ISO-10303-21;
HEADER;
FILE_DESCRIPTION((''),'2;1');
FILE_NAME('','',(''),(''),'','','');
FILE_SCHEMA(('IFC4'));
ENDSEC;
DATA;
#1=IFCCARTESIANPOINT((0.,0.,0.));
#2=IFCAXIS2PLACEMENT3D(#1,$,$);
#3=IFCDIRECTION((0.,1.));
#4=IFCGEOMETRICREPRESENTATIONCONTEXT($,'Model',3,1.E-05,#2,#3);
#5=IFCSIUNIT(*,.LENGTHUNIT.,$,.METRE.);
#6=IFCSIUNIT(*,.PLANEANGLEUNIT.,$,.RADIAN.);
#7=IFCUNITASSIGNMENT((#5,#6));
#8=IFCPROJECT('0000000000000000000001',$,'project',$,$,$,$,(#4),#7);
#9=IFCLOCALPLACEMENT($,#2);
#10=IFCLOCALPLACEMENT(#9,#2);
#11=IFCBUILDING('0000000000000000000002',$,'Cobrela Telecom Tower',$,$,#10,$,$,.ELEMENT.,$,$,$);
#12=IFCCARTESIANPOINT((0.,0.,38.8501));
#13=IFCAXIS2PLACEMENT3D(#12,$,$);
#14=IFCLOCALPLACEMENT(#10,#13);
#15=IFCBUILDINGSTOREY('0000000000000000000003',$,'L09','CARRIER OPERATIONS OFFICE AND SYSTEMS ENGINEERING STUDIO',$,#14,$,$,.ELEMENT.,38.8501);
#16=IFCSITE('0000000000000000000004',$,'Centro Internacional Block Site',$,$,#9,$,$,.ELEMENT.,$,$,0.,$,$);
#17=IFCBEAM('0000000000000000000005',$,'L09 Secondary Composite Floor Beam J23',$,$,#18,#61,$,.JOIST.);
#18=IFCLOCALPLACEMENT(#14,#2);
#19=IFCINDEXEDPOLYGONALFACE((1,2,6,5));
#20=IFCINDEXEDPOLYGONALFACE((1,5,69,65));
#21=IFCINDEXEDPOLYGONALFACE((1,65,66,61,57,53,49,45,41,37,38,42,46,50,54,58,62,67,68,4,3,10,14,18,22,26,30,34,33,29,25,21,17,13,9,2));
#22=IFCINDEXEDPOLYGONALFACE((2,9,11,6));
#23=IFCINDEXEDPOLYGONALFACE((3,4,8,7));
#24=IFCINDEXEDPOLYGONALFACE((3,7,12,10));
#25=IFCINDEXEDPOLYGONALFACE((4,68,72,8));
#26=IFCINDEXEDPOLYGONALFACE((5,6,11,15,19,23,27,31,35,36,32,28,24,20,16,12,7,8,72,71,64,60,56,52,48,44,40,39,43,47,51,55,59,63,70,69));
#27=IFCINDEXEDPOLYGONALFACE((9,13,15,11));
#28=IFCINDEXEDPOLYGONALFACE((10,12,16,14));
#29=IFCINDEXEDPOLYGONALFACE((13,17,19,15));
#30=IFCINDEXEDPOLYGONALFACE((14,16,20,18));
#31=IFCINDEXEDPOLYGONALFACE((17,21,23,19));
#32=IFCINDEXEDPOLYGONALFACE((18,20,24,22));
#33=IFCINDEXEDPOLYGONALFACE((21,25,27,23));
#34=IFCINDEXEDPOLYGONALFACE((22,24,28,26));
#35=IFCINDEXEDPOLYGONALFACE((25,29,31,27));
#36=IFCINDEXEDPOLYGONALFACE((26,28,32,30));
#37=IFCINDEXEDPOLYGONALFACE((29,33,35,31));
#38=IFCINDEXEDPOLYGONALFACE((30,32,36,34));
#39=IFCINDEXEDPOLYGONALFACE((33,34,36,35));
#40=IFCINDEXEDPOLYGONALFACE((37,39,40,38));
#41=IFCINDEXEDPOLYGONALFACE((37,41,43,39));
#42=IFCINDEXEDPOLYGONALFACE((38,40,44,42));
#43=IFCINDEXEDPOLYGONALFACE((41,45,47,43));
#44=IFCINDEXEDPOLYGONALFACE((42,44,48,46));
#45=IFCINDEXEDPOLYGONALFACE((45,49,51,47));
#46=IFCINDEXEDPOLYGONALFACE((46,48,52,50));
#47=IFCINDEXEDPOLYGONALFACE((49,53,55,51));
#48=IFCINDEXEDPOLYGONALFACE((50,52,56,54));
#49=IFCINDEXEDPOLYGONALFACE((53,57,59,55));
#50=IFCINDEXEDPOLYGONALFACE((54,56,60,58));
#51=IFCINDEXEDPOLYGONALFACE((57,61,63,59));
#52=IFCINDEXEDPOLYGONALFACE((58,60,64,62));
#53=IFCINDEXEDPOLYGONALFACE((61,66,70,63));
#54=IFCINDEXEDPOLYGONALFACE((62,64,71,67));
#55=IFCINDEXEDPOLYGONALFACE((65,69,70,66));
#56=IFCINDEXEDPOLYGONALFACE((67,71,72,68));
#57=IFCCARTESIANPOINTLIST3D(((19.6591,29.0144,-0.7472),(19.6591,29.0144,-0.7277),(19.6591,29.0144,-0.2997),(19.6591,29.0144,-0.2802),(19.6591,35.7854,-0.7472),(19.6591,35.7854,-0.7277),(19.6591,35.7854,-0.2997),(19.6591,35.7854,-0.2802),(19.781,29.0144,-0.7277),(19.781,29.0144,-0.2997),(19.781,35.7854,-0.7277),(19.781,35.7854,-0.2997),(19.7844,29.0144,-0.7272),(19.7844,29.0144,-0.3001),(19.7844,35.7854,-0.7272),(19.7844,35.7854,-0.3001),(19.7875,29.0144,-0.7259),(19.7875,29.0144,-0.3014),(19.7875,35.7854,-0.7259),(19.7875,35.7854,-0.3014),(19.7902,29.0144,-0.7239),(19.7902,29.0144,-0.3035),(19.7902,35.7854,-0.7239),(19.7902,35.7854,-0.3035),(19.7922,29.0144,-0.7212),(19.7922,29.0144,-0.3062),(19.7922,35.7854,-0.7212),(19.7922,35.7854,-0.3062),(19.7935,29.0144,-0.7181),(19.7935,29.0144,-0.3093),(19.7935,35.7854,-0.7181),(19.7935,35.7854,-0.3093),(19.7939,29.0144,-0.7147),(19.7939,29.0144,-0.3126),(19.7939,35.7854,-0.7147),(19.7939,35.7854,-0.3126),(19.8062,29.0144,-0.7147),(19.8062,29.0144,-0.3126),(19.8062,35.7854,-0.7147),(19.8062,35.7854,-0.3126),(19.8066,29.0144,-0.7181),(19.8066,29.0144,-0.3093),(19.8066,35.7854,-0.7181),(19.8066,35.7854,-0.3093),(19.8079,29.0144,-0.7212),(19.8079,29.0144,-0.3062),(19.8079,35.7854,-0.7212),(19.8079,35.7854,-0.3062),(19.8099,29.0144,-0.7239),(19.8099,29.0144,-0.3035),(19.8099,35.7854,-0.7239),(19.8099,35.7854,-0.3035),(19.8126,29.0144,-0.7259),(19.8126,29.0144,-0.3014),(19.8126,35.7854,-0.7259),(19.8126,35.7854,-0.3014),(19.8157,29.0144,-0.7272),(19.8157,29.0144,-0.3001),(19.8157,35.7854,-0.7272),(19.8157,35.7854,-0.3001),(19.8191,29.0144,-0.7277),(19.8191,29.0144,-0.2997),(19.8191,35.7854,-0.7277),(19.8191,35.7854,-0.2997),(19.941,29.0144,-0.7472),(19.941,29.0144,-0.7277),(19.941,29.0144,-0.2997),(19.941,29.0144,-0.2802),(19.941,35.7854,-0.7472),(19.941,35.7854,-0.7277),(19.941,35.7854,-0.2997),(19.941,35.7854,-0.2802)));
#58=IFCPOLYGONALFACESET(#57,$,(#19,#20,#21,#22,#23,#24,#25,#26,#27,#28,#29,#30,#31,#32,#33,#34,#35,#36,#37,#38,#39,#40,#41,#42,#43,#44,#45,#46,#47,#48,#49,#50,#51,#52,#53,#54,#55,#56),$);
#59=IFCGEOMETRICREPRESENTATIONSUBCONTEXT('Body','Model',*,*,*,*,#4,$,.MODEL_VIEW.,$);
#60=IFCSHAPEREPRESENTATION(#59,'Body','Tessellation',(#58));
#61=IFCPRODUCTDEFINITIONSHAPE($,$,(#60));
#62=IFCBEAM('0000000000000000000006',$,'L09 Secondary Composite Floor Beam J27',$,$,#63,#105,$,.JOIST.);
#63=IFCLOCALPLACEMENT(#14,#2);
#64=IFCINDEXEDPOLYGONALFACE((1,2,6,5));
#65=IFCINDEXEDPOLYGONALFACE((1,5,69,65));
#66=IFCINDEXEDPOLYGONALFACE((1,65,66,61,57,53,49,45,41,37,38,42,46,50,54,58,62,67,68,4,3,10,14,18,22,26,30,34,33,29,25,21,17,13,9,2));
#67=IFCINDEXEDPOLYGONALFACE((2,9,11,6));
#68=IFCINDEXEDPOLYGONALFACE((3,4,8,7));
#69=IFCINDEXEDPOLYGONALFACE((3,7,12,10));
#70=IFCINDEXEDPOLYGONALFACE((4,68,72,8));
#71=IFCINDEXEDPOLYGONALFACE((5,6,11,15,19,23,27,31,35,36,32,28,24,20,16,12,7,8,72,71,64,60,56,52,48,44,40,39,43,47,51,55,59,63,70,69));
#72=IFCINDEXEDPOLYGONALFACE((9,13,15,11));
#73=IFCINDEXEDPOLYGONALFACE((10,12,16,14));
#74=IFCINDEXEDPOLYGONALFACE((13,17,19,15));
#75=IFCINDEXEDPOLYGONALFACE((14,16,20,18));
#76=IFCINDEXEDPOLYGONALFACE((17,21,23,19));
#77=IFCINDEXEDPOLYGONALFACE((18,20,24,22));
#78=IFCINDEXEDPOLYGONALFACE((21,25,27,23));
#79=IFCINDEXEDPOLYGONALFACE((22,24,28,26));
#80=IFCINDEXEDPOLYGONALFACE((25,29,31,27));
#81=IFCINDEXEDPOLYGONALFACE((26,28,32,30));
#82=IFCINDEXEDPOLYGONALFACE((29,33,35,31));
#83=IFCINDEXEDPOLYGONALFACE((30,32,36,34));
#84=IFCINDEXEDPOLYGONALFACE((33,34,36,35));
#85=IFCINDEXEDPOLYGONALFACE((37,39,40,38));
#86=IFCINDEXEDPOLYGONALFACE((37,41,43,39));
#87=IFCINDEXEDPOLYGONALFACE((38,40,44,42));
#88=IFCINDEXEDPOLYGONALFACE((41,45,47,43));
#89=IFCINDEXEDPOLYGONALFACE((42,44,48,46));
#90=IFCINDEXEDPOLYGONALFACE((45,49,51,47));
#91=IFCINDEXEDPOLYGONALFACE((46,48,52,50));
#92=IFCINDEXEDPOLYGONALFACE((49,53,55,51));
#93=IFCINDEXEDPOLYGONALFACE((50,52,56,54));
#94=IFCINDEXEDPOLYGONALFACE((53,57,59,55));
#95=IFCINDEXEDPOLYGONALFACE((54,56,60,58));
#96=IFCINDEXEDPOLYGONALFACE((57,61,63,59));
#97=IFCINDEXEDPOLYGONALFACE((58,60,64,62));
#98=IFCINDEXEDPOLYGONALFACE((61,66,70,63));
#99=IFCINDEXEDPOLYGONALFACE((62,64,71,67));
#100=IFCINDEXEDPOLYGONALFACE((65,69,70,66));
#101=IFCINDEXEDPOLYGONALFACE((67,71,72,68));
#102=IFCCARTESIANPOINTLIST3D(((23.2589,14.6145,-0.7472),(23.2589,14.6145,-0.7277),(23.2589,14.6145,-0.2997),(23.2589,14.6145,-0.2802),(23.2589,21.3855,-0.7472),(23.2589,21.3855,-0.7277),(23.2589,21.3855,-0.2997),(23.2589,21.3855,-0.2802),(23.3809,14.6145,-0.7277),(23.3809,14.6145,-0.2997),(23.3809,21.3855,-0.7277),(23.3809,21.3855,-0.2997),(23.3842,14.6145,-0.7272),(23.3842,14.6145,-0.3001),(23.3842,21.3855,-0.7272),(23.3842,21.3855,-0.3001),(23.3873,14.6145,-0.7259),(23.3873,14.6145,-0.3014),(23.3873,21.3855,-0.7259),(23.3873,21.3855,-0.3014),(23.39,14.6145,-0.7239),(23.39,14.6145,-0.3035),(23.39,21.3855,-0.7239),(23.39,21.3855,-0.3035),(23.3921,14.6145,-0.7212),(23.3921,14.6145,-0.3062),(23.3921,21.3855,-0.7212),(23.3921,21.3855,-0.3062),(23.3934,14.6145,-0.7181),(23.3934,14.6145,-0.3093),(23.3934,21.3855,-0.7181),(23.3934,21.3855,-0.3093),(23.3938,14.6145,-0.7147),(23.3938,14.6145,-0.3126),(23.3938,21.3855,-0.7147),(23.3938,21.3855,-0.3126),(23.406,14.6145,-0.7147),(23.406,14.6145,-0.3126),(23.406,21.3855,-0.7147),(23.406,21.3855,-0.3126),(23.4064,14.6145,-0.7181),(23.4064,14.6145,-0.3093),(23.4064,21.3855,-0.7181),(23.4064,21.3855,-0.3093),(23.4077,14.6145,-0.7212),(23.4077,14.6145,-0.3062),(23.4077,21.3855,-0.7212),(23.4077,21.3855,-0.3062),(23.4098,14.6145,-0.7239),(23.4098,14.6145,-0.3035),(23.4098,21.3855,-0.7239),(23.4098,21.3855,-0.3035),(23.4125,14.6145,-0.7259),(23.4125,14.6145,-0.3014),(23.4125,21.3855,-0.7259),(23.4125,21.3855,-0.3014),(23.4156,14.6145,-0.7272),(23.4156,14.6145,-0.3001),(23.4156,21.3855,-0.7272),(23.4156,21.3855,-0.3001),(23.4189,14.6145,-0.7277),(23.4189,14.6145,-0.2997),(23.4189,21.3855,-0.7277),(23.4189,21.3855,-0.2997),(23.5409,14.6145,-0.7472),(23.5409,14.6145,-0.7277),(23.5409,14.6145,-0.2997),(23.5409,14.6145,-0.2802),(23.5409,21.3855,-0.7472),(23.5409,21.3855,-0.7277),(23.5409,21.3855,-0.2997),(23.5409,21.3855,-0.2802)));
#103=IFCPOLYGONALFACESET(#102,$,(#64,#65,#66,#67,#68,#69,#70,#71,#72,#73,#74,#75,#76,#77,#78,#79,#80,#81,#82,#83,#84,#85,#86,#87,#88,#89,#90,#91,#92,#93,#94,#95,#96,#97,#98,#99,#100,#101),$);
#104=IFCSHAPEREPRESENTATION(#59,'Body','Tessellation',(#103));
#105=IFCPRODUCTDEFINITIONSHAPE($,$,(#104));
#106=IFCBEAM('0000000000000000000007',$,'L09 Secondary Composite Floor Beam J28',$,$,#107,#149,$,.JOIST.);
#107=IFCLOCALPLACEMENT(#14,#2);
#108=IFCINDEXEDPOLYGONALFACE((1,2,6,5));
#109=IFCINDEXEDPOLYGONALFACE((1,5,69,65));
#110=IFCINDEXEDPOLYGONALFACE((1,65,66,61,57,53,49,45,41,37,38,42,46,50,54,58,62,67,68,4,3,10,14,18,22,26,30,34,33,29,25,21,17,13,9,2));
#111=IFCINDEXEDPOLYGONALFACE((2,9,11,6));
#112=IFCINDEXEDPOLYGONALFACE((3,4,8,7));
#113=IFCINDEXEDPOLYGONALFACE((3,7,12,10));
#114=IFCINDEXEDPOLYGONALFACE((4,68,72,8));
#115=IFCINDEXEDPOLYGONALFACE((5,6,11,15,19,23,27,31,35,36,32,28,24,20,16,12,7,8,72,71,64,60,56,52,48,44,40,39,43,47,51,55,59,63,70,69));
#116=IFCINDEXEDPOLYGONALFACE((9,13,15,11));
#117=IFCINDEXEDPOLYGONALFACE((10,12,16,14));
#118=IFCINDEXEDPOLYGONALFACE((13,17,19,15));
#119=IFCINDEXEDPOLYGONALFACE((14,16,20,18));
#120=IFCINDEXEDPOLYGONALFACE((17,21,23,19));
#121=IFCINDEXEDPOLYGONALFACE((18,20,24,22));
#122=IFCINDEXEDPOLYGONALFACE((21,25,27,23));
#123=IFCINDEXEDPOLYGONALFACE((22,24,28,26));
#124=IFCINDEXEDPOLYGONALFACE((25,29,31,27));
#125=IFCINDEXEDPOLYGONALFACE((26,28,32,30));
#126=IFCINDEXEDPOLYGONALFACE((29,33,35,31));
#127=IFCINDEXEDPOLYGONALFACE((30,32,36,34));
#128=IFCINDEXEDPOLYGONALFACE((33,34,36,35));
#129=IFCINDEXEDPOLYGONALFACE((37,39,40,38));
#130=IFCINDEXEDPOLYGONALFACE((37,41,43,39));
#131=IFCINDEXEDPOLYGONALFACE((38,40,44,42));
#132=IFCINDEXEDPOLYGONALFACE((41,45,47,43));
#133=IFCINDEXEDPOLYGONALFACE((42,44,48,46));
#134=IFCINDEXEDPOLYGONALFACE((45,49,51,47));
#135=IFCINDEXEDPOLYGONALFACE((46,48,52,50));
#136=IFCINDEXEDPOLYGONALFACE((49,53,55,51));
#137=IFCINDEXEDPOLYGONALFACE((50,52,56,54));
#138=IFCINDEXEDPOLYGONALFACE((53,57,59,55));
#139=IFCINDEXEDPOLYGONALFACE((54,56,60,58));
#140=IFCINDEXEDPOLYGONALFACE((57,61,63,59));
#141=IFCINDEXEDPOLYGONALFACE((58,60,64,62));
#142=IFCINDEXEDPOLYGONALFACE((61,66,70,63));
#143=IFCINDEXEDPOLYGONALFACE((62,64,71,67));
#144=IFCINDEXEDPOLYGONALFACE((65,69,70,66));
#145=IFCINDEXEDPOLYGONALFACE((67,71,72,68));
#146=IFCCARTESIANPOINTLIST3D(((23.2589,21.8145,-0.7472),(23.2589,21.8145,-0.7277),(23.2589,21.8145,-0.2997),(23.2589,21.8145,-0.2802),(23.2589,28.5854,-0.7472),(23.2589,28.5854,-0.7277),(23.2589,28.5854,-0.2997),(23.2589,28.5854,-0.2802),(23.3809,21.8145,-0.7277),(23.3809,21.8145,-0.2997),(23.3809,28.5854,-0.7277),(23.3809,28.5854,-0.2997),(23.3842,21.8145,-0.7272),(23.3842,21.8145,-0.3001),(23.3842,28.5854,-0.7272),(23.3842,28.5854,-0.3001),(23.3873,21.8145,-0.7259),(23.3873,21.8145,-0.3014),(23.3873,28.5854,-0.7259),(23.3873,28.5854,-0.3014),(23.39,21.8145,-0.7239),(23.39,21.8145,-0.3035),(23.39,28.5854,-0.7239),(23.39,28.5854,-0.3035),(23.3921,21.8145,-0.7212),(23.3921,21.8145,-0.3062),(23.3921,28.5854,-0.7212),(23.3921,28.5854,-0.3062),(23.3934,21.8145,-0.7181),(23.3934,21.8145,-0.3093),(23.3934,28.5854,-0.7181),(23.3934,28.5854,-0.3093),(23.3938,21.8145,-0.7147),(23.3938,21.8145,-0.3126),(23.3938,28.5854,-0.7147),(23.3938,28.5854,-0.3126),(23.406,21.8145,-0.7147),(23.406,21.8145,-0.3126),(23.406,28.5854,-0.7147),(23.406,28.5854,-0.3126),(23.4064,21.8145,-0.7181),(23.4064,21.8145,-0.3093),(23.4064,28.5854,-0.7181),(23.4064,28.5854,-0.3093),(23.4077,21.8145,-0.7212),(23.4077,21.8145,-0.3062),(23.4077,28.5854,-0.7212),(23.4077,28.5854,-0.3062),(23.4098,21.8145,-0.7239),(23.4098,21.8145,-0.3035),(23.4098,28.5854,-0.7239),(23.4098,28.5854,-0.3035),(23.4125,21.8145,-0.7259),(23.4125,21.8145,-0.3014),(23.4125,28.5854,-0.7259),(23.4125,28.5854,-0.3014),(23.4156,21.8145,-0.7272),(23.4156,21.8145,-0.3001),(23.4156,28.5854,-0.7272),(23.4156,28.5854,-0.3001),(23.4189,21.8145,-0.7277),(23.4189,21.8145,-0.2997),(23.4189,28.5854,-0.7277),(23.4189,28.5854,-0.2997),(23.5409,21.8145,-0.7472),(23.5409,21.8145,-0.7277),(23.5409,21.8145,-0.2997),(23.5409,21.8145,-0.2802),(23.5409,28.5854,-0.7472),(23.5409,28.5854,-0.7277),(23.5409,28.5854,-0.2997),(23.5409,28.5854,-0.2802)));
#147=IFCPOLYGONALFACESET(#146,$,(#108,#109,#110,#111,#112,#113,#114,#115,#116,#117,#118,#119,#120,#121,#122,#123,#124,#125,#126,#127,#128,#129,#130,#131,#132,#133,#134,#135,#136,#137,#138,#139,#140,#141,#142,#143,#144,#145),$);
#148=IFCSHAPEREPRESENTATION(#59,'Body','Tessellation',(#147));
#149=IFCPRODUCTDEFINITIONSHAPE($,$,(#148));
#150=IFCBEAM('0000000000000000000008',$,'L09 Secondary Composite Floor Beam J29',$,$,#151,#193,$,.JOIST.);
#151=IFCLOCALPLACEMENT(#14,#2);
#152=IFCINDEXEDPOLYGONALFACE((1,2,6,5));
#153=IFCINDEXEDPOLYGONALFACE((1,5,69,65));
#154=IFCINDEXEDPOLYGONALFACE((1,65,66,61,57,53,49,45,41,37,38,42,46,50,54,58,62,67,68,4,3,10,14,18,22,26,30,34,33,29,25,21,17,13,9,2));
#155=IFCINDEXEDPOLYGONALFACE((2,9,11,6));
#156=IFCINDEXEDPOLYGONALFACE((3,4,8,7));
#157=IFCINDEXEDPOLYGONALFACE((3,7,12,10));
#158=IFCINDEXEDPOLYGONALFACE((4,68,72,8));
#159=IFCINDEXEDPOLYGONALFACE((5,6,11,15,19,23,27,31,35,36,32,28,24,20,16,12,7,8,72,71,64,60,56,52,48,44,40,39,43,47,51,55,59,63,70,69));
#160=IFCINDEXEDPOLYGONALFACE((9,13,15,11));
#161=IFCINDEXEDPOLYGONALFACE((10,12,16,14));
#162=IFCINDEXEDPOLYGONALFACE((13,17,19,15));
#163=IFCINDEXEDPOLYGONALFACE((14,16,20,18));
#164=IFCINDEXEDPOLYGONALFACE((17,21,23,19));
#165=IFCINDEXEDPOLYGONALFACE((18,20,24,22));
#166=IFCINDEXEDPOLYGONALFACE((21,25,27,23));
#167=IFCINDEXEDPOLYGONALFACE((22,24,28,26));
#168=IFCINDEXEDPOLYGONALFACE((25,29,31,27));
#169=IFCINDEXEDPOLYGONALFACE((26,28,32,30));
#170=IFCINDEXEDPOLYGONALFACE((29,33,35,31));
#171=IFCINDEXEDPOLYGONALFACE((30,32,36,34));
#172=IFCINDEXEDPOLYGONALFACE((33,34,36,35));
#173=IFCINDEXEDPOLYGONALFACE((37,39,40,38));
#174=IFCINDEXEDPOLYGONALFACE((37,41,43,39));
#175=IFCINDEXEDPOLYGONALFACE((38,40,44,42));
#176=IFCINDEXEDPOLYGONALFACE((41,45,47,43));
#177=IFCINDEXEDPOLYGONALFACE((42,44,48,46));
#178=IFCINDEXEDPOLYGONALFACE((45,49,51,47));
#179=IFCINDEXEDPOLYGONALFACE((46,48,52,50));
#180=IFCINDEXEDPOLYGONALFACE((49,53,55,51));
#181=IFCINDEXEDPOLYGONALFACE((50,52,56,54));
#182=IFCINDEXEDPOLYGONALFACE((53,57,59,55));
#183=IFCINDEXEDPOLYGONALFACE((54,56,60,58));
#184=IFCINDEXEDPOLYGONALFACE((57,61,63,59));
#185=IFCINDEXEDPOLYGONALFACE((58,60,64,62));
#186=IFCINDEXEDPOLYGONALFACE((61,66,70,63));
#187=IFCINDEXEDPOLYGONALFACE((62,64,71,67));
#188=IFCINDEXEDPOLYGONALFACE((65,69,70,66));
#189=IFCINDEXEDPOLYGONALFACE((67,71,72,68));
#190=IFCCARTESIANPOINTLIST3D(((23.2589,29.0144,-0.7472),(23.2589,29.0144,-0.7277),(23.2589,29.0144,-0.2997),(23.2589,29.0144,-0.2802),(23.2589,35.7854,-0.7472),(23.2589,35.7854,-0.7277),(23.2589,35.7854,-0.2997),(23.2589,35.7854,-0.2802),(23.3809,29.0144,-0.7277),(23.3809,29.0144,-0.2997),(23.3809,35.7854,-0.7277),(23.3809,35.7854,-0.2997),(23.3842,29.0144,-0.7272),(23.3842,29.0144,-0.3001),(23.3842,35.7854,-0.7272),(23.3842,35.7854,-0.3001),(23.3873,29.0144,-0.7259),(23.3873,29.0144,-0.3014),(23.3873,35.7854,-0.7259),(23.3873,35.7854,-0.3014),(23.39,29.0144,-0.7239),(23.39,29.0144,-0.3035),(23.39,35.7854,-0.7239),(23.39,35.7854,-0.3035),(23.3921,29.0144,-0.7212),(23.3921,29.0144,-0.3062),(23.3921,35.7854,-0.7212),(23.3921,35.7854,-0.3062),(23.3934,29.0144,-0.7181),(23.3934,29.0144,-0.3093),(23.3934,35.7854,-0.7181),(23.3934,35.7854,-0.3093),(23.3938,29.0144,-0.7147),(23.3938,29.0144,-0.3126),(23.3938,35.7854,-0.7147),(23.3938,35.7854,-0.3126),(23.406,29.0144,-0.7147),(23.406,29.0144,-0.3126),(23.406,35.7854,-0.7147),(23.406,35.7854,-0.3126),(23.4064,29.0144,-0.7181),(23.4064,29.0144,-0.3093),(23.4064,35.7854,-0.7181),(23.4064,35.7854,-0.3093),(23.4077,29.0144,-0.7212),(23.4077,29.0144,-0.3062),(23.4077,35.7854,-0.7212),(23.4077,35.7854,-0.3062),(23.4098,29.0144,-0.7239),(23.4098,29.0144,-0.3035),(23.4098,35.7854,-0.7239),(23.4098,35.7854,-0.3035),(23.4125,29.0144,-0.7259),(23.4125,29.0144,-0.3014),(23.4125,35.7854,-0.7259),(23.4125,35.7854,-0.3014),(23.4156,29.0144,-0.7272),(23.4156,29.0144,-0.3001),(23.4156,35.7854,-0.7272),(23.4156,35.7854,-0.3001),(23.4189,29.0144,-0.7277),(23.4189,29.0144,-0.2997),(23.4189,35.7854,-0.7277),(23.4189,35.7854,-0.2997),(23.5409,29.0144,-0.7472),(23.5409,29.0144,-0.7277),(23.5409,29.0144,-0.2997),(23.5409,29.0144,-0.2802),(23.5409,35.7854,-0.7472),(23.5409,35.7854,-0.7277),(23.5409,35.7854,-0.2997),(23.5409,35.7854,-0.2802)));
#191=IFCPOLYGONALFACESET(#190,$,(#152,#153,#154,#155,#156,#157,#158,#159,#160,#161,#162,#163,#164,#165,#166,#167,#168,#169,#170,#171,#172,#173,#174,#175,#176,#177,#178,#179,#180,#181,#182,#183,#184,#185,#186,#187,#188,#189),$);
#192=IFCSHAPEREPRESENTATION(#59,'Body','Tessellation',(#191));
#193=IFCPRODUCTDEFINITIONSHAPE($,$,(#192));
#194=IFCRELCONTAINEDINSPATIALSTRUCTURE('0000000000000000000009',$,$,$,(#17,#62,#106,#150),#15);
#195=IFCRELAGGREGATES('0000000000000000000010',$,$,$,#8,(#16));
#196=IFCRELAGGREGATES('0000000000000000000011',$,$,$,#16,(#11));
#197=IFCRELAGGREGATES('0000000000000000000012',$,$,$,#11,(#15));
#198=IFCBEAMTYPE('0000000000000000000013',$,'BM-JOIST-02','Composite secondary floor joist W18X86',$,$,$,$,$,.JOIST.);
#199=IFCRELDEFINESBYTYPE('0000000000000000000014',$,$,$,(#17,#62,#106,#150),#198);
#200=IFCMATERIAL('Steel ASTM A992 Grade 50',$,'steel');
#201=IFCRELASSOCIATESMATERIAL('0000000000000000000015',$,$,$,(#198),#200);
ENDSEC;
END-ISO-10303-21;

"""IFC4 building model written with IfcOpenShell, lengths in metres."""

from ifc_helpers import new_model, si_unit, direction, frame, origin, origin_2d, place, context, subcontext, project, spatial, i_section, extrude, material, material_profile, profile_set, type_object, element, save


model = new_model("IFC4")

# Units and contexts
model_context = context("Model", 3, precision=1e-05, world=origin(), true_north=direction((0.0, 1.0)))
body_context = subcontext(model_context, "Body", "Model", "MODEL_VIEW")
ifc_project = project(units=[si_unit("LENGTHUNIT", "METRE"), si_unit("PLANEANGLEUNIT", "RADIAN")], contexts=[model_context])

# Site, building, storey
site_placement = place(None, origin())
site = spatial("IfcSite", under=ifc_project, at=site_placement, Name="Centro Internacional Block Site", CompositionType="ELEMENT", RefElevation=0.0)
building_placement = place(site_placement, origin())
building = spatial("IfcBuilding", under=site, at=building_placement, Name="Cobrela Telecom Tower", CompositionType="ELEMENT")
storey_placement = place(building_placement, frame((0.0, 0.0, 38.8501)))
storey = spatial("IfcBuildingStorey", under=building, at=storey_placement, Name="L09", Description="CARRIER OPERATIONS OFFICE AND SYSTEMS ENGINEERING STUDIO", CompositionType="ELEMENT", Elevation=38.8501)

# Shared definitions
ifc_material_1 = material(Name="Steel ASTM A992 Grade 50", Category="steel")

# Beams
ifc_material_profile_1 = material_profile(ifc_material_1, i_section(OverallWidth=0.282, OverallDepth=0.467, WebThickness=0.0122, FlangeThickness=0.0195, FilletRadius=0.0129, at=origin_2d()), Name="W18X86")
ifc_profile_set_1 = profile_set([ifc_material_profile_1], Name="Steel ASTM A992 Grade 50")
beam_type_1 = type_object("IfcBeamType", Name="BM-JOIST-02", Description="Composite secondary floor joist W18X86", PredefinedType="JOIST", material=ifc_profile_set_1)
for number, where, z_axis, x_axis, name in (
    (1, (19.8, 29.0144, -0.5137), (0.0, 1.0, 0.0), (-1.0, 0.0, 0.0), "L09 Secondary Composite Floor Beam J23"),
    (2, (23.3999, 14.6145, -0.5137), (0.0, 1.0, 0.0), (-1.0, 0.0, 0.0), "L09 Secondary Composite Floor Beam J27"),
    (3, (23.3999, 21.8145, -0.5137), (0.0, 1.0, 0.0), (-1.0, 0.0, 0.0), "L09 Secondary Composite Floor Beam J28"),
    (4, (23.3999, 29.0144, -0.5137), (0.0, 1.0, 0.0), (-1.0, 0.0, 0.0), "L09 Secondary Composite Floor Beam J29"),
):
    element("IfcBeam", number, at=place(storey_placement, frame(where, z_axis=z_axis, x_axis=x_axis)), inside=storey, type_object=beam_type_1, Name=name, PredefinedType="JOIST", context=body_context, shape_type="SweptSolid", body=[
        extrude(i_section(OverallWidth=0.282, OverallDepth=0.467, WebThickness=0.0122, FlangeThickness=0.0195, FilletRadius=0.0129, at=origin_2d()), origin(), (0.0, 0.0, 1.0), 6.771),
    ])

save(model, "model.ifc")
